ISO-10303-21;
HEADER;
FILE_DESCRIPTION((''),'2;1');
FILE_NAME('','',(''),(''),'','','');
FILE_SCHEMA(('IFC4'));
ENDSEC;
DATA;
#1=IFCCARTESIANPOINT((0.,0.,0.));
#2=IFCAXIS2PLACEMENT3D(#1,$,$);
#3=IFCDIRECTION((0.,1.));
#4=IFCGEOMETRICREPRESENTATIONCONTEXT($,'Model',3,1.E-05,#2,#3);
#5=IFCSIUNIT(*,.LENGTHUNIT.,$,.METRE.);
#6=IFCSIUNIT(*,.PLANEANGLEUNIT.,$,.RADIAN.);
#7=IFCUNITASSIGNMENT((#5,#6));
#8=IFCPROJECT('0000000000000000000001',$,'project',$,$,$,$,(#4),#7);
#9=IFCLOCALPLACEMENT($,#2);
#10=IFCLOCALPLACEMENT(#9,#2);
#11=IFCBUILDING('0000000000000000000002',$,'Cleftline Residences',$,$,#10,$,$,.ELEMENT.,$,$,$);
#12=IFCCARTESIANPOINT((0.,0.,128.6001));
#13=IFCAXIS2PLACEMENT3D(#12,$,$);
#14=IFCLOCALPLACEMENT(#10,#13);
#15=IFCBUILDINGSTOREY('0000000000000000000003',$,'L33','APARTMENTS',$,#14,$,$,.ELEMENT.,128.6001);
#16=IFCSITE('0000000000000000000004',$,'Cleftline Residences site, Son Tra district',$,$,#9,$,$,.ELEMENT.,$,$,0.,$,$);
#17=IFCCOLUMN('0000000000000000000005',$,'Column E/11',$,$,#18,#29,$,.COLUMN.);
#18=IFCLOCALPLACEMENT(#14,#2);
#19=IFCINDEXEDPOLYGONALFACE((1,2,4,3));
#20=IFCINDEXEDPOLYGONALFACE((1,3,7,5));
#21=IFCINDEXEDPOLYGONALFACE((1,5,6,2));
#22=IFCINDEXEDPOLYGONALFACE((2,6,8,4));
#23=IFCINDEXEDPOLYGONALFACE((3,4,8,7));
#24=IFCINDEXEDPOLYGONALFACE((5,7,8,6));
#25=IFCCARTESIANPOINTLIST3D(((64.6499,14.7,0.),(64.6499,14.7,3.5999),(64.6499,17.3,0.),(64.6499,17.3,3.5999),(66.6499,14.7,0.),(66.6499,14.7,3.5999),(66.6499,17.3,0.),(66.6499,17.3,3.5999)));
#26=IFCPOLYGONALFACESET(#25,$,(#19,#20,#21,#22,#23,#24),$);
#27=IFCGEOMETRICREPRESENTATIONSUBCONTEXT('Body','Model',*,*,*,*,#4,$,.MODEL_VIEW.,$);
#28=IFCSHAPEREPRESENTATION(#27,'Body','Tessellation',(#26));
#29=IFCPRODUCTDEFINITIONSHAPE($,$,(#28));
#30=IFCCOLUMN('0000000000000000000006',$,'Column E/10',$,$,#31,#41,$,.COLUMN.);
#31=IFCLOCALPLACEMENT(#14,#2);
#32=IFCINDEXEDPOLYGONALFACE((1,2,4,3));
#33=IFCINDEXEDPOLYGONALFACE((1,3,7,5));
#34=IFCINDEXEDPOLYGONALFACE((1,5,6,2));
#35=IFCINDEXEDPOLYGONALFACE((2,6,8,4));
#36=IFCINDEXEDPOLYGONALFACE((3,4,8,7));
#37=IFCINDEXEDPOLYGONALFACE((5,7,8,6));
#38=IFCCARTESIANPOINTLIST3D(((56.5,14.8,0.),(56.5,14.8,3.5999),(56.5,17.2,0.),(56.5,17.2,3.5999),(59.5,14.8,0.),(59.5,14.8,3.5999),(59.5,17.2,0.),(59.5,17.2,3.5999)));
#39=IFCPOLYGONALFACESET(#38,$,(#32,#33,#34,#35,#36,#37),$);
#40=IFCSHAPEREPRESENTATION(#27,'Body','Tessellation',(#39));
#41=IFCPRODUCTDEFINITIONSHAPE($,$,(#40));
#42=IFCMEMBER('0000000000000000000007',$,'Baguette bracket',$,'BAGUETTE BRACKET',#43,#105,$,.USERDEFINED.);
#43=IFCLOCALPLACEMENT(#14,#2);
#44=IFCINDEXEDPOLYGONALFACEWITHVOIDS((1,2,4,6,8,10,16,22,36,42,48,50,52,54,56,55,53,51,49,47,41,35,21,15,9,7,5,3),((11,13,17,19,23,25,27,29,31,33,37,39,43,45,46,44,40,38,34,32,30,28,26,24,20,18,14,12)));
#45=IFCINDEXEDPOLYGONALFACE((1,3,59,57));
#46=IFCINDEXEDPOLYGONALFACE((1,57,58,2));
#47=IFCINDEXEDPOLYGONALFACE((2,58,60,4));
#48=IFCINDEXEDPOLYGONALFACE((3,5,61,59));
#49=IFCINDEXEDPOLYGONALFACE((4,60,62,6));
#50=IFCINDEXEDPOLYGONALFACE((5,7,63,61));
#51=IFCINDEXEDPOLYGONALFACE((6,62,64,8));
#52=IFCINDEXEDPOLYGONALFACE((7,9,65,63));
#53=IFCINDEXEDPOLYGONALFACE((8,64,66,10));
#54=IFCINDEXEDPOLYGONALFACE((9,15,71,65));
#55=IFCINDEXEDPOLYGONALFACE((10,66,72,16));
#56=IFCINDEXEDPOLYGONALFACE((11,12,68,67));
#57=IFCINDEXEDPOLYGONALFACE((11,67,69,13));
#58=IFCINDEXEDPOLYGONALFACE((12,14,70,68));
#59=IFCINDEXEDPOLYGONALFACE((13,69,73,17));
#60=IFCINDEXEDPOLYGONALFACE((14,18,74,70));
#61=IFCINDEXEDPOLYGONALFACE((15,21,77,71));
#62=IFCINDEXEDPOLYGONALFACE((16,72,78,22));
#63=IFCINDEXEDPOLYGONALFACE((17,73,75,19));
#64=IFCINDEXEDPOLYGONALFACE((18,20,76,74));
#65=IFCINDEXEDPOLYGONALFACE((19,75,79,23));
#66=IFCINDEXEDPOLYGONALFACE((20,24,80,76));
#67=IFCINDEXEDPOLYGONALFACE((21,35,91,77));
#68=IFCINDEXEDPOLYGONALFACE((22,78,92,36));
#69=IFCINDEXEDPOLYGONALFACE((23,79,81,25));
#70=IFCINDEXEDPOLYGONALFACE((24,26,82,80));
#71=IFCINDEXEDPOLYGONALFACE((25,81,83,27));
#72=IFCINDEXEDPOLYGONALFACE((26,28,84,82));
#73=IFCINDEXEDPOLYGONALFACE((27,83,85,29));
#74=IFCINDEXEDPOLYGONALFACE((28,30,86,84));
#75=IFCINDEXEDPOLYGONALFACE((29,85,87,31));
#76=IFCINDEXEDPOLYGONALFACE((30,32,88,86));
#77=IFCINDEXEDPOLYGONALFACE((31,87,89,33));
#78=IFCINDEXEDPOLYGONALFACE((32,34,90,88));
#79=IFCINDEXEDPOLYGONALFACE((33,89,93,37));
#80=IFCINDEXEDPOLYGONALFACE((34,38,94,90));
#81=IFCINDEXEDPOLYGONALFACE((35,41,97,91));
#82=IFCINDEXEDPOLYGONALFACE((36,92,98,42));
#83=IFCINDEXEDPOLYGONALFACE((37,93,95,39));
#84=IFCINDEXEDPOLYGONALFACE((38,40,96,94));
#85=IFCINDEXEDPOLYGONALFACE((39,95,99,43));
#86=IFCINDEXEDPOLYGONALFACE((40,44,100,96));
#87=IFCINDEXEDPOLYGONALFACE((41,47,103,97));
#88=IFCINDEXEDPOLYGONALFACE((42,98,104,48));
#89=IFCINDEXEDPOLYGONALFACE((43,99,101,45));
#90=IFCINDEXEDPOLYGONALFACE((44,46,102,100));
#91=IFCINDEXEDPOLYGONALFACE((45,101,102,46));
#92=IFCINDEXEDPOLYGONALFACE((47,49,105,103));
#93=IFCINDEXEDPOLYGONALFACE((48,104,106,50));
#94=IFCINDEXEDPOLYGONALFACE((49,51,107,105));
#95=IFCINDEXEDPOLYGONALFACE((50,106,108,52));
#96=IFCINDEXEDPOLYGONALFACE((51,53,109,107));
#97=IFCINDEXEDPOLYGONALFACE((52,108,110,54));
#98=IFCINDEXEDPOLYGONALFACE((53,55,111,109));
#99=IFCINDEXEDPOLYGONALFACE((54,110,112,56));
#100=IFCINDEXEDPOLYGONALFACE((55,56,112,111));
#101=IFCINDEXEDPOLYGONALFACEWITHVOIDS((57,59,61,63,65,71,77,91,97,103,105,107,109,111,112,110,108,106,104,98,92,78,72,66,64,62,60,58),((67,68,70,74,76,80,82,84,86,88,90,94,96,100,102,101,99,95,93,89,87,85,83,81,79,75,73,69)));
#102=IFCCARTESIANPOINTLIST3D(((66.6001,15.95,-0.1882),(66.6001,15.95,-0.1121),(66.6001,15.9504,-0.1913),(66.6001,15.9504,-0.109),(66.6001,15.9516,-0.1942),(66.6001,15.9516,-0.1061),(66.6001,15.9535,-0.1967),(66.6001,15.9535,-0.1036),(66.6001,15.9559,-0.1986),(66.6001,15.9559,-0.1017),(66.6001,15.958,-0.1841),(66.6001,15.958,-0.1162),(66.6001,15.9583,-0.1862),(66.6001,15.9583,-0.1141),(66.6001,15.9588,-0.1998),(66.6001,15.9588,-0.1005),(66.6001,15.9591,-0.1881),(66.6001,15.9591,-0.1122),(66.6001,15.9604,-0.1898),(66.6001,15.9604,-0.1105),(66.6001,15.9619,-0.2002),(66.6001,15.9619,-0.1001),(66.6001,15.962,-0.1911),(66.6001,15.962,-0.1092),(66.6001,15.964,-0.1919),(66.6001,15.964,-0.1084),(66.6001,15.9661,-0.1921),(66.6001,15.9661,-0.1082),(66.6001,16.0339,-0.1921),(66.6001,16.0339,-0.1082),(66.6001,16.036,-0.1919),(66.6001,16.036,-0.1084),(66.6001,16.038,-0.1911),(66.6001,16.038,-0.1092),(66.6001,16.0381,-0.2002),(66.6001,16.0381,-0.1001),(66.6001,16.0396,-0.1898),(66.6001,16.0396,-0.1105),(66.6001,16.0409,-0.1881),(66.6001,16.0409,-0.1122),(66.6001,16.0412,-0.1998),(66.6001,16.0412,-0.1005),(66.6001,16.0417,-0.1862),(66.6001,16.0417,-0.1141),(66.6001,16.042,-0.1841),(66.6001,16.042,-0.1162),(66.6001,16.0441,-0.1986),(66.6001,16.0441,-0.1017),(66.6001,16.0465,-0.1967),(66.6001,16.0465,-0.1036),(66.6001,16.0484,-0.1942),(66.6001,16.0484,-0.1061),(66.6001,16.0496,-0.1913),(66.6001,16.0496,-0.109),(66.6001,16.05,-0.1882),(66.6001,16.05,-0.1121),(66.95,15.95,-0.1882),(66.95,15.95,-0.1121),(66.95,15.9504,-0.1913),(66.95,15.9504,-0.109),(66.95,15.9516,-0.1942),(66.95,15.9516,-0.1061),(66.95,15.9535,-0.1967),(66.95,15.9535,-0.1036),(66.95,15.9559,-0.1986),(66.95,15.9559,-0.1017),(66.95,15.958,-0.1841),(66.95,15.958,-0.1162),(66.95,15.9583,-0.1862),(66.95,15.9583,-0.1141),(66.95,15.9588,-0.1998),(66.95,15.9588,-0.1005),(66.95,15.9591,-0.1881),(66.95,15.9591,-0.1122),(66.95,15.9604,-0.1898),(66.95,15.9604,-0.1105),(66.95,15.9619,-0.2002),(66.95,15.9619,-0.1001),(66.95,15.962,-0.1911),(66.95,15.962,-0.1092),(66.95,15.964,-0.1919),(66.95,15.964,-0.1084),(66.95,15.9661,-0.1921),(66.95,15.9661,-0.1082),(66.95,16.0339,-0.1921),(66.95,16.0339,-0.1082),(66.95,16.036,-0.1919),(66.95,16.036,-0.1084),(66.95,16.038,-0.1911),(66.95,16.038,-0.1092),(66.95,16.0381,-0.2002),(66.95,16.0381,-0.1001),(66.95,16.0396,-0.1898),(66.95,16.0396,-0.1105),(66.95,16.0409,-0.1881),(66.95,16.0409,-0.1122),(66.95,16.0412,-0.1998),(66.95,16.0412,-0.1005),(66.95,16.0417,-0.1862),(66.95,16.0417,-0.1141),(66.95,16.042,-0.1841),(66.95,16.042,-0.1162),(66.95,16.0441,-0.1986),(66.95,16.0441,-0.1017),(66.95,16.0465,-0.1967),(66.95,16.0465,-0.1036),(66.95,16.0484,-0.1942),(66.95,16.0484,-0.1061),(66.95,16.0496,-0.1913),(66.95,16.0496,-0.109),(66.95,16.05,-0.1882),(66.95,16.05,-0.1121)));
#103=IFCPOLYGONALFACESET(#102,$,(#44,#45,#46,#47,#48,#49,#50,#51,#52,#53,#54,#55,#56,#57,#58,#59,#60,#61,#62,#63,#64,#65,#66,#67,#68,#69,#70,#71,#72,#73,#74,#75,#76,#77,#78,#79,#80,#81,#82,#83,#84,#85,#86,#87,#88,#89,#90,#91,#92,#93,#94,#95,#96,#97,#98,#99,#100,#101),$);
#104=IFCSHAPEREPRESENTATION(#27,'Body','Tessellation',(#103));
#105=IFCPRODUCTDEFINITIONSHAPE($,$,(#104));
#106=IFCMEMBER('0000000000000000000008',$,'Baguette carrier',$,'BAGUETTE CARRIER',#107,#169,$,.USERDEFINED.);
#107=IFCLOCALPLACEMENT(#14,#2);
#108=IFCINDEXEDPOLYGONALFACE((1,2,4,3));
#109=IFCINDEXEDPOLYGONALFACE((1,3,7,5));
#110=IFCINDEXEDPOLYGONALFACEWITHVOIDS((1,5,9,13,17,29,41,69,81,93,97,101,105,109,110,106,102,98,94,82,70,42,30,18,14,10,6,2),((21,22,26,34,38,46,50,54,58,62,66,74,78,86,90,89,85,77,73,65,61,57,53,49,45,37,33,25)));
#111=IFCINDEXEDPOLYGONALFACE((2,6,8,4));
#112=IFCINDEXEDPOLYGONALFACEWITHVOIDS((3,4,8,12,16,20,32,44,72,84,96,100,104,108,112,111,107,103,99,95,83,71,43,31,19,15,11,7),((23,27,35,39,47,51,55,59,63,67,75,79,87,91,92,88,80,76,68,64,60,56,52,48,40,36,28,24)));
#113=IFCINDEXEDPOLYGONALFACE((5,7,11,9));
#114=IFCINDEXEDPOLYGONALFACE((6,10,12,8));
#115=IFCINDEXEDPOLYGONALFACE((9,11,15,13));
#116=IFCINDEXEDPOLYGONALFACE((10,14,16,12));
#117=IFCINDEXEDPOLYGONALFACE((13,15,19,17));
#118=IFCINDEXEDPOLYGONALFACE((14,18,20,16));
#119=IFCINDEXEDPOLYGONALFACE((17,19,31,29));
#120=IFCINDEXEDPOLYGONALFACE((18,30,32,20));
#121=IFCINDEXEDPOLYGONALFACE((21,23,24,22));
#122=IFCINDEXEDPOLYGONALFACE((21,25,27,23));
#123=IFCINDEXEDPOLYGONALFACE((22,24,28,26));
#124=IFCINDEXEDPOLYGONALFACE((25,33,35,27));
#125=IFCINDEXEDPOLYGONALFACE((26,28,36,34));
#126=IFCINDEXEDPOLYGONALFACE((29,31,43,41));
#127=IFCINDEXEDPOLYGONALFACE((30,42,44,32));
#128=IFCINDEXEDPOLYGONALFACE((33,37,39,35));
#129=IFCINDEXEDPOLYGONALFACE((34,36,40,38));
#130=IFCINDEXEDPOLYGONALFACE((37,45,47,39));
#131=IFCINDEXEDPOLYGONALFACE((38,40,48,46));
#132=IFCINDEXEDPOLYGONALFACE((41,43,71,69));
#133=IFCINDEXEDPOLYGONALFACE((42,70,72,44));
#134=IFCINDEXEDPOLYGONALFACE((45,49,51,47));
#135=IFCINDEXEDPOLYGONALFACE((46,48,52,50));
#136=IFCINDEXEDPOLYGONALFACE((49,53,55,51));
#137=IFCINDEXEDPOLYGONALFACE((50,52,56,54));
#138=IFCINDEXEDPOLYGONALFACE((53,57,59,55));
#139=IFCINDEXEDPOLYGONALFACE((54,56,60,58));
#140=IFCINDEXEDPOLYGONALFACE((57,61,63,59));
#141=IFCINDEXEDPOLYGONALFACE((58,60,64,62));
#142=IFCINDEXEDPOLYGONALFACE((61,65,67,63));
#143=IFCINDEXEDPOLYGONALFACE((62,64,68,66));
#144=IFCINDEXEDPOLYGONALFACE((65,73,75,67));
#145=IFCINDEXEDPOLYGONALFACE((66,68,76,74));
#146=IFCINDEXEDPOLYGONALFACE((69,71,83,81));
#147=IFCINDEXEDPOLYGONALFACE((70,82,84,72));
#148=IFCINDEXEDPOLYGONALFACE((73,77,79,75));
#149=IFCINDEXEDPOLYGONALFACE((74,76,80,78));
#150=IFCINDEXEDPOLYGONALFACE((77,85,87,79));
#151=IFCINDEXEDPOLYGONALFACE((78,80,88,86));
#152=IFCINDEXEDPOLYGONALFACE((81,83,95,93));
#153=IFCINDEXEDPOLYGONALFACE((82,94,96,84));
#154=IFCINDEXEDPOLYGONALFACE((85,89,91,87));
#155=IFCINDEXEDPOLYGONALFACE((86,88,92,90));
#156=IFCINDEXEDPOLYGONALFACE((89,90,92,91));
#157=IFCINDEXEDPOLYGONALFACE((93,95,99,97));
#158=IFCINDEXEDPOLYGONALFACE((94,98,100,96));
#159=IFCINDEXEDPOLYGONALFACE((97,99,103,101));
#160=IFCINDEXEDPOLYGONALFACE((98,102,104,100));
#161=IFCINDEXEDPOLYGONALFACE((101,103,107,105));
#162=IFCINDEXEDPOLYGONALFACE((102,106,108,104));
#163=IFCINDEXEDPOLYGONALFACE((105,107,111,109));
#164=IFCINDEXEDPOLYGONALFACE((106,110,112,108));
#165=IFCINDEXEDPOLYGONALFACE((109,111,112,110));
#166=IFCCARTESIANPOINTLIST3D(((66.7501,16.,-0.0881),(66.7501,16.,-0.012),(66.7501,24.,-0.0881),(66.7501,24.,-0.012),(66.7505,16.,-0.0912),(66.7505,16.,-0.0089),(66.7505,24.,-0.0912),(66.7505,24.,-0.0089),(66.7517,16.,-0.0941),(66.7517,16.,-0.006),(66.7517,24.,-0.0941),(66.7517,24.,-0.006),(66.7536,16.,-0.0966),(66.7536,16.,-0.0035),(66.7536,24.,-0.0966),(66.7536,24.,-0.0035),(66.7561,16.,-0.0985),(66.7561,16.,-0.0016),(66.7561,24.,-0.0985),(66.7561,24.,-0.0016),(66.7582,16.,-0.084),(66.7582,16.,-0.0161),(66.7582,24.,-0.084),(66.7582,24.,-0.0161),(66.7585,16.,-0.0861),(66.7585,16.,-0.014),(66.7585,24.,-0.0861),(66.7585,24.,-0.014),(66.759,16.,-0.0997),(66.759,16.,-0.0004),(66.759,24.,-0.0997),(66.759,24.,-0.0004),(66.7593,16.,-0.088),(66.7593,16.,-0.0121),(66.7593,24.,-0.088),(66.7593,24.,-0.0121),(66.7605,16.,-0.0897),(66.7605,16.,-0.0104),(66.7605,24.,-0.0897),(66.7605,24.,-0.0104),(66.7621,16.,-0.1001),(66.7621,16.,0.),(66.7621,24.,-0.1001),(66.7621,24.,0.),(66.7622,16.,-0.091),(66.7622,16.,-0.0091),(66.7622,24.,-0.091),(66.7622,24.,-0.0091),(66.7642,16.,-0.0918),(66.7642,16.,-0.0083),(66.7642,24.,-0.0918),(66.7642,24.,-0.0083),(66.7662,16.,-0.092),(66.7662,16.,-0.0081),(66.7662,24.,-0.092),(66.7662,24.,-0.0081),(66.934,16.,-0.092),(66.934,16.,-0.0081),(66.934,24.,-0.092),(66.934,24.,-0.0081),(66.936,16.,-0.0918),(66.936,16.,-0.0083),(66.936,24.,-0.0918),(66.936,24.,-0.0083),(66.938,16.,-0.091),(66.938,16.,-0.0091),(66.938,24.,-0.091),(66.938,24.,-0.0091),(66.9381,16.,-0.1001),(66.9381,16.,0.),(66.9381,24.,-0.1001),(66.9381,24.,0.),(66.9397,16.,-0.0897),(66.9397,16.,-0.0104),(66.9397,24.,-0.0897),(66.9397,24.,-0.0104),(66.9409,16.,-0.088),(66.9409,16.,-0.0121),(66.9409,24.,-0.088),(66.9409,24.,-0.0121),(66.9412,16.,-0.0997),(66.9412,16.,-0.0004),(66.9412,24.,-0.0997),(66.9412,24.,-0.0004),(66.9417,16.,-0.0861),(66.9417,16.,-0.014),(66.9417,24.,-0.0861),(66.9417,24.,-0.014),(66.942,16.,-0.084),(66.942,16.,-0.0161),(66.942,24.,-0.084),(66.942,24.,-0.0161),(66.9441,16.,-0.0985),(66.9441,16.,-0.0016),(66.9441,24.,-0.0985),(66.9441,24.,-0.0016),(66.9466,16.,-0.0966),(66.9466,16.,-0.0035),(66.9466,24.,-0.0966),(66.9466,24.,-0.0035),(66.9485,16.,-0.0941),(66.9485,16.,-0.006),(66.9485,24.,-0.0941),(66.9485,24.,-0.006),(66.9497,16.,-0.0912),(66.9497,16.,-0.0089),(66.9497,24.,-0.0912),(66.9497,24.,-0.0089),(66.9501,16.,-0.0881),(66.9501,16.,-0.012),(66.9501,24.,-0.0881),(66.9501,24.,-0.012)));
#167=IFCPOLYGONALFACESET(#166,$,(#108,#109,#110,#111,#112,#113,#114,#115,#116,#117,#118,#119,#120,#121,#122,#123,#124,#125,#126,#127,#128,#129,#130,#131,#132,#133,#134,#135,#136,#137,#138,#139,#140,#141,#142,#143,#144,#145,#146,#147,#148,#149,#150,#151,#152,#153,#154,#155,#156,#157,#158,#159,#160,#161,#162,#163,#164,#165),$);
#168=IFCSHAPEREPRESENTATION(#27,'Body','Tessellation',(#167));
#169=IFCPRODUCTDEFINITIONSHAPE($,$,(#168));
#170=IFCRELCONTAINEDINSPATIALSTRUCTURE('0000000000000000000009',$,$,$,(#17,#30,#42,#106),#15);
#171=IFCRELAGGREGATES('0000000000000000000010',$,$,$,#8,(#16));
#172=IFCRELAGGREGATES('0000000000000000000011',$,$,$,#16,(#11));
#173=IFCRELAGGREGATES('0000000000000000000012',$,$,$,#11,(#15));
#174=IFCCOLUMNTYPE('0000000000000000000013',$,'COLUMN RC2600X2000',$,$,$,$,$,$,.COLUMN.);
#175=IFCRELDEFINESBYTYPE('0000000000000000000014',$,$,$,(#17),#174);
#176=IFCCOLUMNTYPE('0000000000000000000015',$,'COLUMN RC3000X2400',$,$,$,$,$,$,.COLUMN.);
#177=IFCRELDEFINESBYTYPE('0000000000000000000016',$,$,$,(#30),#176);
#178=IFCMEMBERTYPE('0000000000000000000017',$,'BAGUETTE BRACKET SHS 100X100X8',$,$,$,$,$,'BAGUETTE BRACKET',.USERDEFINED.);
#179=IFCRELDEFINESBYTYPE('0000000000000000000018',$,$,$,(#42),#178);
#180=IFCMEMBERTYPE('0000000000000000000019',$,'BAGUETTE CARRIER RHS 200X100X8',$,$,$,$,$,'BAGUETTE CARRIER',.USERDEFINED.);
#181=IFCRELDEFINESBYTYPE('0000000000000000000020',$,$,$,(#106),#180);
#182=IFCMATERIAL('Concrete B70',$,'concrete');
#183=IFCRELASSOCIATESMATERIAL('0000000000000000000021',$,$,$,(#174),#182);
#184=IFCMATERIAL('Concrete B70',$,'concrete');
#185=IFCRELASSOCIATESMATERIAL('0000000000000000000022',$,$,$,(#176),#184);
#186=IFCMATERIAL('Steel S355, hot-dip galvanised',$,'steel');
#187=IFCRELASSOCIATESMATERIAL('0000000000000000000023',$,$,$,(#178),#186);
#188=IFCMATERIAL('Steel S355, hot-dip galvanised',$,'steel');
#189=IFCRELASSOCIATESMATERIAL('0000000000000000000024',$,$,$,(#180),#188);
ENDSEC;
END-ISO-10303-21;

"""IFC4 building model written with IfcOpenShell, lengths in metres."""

from ifc_helpers import new_model, si_unit, direction, frame, origin, origin_2d, place, context, subcontext, project, spatial, rectangle, hollow_rectangle, extrude, material, material_profile, profile_set, type_object, element, save


model = new_model("IFC4")

# Units and contexts
model_context = context("Model", 3, precision=1e-05, world=origin(), true_north=direction((0.0, 1.0)))
body_context = subcontext(model_context, "Body", "Model", "MODEL_VIEW")
ifc_project = project(units=[si_unit("LENGTHUNIT", "METRE"), si_unit("PLANEANGLEUNIT", "RADIAN")], contexts=[model_context])

# Site, building, storey
site_placement = place(None, origin())
site = spatial("IfcSite", under=ifc_project, at=site_placement, Name="Cleftline Residences site, Son Tra district", CompositionType="ELEMENT", RefElevation=0.0)
building_placement = place(site_placement, origin())
building = spatial("IfcBuilding", under=site, at=building_placement, Name="Cleftline Residences", CompositionType="ELEMENT")
storey_placement = place(building_placement, frame((0.0, 0.0, 128.6001)))
storey = spatial("IfcBuildingStorey", under=building, at=storey_placement, Name="L33", Description="APARTMENTS", CompositionType="ELEMENT", Elevation=128.6001)

# Columns
ifc_material_1 = material(Name="Concrete B70", Category="concrete")
ifc_material_profile_1 = material_profile(ifc_material_1, rectangle(XDim=2.6001, YDim=2.0, at=origin_2d()))
ifc_profile_set_1 = profile_set([ifc_material_profile_1], Name="Concrete B70")
column_type_1 = type_object("IfcColumnType", Name="COLUMN RC2600X2000", PredefinedType="COLUMN", material=ifc_profile_set_1)
column_1_placement = place(storey_placement, frame((65.6499, 16.0, 0.0), z_axis=(0.0, 0.0, 1.0), x_axis=(0.0, 1.0, 0.0)))
element("IfcColumn", 1, at=column_1_placement, inside=storey, type_object=column_type_1, Name="Column E/11", PredefinedType="COLUMN", context=body_context, shape_type="SweptSolid", body=[
    extrude(rectangle(XDim=2.6001, YDim=2.0, at=origin_2d()), origin(), (0.0, 0.0, 1.0), 3.5999),
])
ifc_material_2 = material(Name="Concrete B70", Category="concrete")
ifc_material_profile_2 = material_profile(ifc_material_2, rectangle(XDim=3.0, YDim=2.3999, at=origin_2d()))
ifc_profile_set_2 = profile_set([ifc_material_profile_2], Name="Concrete B70")
column_type_2 = type_object("IfcColumnType", Name="COLUMN RC3000X2400", PredefinedType="COLUMN", material=ifc_profile_set_2)
column_2_placement = place(storey_placement, frame((58.0, 16.0, 0.0), z_axis=(0.0, 0.0, 1.0), x_axis=(1.0, 0.0, 0.0)))
element("IfcColumn", 2, at=column_2_placement, inside=storey, type_object=column_type_2, Name="Column E/10", PredefinedType="COLUMN", context=body_context, shape_type="SweptSolid", body=[
    extrude(rectangle(XDim=3.0, YDim=2.3999, at=origin_2d()), origin(), (0.0, 0.0, 1.0), 3.5999),
])

# Members
ifc_material_3 = material(Name="Steel S355, hot-dip galvanised", Category="steel")
ifc_material_profile_3 = material_profile(ifc_material_3, hollow_rectangle(XDim=0.1001, YDim=0.1001, WallThickness=0.0081, InnerFilletRadius=0.0081, OuterFilletRadius=0.012, at=origin_2d()))
ifc_profile_set_3 = profile_set([ifc_material_profile_3], Name="Steel S355, hot-dip galvanised")
member_type_1 = type_object("IfcMemberType", Name="BAGUETTE BRACKET SHS 100X100X8", ElementType="BAGUETTE BRACKET", PredefinedType="USERDEFINED", material=ifc_profile_set_3)
member_1_placement = place(storey_placement, frame((66.6001, 16.0, -0.1501), z_axis=(1.0, 0.0, 0.0), x_axis=(0.0, 1.0, 0.0)))
element("IfcMember", 3, at=member_1_placement, inside=storey, type_object=member_type_1, Name="Baguette bracket", ObjectType="BAGUETTE BRACKET", PredefinedType="USERDEFINED", context=body_context, shape_type="SweptSolid", body=[
    extrude(hollow_rectangle(XDim=0.1001, YDim=0.1001, WallThickness=0.0081, InnerFilletRadius=0.0081, OuterFilletRadius=0.012, at=origin_2d()), origin(), (0.0, 0.0, 1.0), 0.3499),
])
ifc_material_4 = material(Name="Steel S355, hot-dip galvanised", Category="steel")
ifc_material_profile_4 = material_profile(ifc_material_4, hollow_rectangle(XDim=0.1001, YDim=0.2, WallThickness=0.0081, InnerFilletRadius=0.0081, OuterFilletRadius=0.012, at=origin_2d()))
ifc_profile_set_4 = profile_set([ifc_material_profile_4], Name="Steel S355, hot-dip galvanised")
member_type_2 = type_object("IfcMemberType", Name="BAGUETTE CARRIER RHS 200X100X8", ElementType="BAGUETTE CARRIER", PredefinedType="USERDEFINED", material=ifc_profile_set_4)
member_2_placement = place(storey_placement, frame((66.8501, 16.0, -0.05), z_axis=(0.0, 1.0, 0.0), x_axis=(0.0, 0.0, 1.0)))
element("IfcMember", 4, at=member_2_placement, inside=storey, type_object=member_type_2, Name="Baguette carrier", ObjectType="BAGUETTE CARRIER", PredefinedType="USERDEFINED", context=body_context, shape_type="SweptSolid", body=[
    extrude(hollow_rectangle(XDim=0.1001, YDim=0.2, WallThickness=0.0081, InnerFilletRadius=0.0081, OuterFilletRadius=0.012, at=origin_2d()), origin(), (0.0, 0.0, 1.0), 8.0),
])

save(model, "model.ifc")
